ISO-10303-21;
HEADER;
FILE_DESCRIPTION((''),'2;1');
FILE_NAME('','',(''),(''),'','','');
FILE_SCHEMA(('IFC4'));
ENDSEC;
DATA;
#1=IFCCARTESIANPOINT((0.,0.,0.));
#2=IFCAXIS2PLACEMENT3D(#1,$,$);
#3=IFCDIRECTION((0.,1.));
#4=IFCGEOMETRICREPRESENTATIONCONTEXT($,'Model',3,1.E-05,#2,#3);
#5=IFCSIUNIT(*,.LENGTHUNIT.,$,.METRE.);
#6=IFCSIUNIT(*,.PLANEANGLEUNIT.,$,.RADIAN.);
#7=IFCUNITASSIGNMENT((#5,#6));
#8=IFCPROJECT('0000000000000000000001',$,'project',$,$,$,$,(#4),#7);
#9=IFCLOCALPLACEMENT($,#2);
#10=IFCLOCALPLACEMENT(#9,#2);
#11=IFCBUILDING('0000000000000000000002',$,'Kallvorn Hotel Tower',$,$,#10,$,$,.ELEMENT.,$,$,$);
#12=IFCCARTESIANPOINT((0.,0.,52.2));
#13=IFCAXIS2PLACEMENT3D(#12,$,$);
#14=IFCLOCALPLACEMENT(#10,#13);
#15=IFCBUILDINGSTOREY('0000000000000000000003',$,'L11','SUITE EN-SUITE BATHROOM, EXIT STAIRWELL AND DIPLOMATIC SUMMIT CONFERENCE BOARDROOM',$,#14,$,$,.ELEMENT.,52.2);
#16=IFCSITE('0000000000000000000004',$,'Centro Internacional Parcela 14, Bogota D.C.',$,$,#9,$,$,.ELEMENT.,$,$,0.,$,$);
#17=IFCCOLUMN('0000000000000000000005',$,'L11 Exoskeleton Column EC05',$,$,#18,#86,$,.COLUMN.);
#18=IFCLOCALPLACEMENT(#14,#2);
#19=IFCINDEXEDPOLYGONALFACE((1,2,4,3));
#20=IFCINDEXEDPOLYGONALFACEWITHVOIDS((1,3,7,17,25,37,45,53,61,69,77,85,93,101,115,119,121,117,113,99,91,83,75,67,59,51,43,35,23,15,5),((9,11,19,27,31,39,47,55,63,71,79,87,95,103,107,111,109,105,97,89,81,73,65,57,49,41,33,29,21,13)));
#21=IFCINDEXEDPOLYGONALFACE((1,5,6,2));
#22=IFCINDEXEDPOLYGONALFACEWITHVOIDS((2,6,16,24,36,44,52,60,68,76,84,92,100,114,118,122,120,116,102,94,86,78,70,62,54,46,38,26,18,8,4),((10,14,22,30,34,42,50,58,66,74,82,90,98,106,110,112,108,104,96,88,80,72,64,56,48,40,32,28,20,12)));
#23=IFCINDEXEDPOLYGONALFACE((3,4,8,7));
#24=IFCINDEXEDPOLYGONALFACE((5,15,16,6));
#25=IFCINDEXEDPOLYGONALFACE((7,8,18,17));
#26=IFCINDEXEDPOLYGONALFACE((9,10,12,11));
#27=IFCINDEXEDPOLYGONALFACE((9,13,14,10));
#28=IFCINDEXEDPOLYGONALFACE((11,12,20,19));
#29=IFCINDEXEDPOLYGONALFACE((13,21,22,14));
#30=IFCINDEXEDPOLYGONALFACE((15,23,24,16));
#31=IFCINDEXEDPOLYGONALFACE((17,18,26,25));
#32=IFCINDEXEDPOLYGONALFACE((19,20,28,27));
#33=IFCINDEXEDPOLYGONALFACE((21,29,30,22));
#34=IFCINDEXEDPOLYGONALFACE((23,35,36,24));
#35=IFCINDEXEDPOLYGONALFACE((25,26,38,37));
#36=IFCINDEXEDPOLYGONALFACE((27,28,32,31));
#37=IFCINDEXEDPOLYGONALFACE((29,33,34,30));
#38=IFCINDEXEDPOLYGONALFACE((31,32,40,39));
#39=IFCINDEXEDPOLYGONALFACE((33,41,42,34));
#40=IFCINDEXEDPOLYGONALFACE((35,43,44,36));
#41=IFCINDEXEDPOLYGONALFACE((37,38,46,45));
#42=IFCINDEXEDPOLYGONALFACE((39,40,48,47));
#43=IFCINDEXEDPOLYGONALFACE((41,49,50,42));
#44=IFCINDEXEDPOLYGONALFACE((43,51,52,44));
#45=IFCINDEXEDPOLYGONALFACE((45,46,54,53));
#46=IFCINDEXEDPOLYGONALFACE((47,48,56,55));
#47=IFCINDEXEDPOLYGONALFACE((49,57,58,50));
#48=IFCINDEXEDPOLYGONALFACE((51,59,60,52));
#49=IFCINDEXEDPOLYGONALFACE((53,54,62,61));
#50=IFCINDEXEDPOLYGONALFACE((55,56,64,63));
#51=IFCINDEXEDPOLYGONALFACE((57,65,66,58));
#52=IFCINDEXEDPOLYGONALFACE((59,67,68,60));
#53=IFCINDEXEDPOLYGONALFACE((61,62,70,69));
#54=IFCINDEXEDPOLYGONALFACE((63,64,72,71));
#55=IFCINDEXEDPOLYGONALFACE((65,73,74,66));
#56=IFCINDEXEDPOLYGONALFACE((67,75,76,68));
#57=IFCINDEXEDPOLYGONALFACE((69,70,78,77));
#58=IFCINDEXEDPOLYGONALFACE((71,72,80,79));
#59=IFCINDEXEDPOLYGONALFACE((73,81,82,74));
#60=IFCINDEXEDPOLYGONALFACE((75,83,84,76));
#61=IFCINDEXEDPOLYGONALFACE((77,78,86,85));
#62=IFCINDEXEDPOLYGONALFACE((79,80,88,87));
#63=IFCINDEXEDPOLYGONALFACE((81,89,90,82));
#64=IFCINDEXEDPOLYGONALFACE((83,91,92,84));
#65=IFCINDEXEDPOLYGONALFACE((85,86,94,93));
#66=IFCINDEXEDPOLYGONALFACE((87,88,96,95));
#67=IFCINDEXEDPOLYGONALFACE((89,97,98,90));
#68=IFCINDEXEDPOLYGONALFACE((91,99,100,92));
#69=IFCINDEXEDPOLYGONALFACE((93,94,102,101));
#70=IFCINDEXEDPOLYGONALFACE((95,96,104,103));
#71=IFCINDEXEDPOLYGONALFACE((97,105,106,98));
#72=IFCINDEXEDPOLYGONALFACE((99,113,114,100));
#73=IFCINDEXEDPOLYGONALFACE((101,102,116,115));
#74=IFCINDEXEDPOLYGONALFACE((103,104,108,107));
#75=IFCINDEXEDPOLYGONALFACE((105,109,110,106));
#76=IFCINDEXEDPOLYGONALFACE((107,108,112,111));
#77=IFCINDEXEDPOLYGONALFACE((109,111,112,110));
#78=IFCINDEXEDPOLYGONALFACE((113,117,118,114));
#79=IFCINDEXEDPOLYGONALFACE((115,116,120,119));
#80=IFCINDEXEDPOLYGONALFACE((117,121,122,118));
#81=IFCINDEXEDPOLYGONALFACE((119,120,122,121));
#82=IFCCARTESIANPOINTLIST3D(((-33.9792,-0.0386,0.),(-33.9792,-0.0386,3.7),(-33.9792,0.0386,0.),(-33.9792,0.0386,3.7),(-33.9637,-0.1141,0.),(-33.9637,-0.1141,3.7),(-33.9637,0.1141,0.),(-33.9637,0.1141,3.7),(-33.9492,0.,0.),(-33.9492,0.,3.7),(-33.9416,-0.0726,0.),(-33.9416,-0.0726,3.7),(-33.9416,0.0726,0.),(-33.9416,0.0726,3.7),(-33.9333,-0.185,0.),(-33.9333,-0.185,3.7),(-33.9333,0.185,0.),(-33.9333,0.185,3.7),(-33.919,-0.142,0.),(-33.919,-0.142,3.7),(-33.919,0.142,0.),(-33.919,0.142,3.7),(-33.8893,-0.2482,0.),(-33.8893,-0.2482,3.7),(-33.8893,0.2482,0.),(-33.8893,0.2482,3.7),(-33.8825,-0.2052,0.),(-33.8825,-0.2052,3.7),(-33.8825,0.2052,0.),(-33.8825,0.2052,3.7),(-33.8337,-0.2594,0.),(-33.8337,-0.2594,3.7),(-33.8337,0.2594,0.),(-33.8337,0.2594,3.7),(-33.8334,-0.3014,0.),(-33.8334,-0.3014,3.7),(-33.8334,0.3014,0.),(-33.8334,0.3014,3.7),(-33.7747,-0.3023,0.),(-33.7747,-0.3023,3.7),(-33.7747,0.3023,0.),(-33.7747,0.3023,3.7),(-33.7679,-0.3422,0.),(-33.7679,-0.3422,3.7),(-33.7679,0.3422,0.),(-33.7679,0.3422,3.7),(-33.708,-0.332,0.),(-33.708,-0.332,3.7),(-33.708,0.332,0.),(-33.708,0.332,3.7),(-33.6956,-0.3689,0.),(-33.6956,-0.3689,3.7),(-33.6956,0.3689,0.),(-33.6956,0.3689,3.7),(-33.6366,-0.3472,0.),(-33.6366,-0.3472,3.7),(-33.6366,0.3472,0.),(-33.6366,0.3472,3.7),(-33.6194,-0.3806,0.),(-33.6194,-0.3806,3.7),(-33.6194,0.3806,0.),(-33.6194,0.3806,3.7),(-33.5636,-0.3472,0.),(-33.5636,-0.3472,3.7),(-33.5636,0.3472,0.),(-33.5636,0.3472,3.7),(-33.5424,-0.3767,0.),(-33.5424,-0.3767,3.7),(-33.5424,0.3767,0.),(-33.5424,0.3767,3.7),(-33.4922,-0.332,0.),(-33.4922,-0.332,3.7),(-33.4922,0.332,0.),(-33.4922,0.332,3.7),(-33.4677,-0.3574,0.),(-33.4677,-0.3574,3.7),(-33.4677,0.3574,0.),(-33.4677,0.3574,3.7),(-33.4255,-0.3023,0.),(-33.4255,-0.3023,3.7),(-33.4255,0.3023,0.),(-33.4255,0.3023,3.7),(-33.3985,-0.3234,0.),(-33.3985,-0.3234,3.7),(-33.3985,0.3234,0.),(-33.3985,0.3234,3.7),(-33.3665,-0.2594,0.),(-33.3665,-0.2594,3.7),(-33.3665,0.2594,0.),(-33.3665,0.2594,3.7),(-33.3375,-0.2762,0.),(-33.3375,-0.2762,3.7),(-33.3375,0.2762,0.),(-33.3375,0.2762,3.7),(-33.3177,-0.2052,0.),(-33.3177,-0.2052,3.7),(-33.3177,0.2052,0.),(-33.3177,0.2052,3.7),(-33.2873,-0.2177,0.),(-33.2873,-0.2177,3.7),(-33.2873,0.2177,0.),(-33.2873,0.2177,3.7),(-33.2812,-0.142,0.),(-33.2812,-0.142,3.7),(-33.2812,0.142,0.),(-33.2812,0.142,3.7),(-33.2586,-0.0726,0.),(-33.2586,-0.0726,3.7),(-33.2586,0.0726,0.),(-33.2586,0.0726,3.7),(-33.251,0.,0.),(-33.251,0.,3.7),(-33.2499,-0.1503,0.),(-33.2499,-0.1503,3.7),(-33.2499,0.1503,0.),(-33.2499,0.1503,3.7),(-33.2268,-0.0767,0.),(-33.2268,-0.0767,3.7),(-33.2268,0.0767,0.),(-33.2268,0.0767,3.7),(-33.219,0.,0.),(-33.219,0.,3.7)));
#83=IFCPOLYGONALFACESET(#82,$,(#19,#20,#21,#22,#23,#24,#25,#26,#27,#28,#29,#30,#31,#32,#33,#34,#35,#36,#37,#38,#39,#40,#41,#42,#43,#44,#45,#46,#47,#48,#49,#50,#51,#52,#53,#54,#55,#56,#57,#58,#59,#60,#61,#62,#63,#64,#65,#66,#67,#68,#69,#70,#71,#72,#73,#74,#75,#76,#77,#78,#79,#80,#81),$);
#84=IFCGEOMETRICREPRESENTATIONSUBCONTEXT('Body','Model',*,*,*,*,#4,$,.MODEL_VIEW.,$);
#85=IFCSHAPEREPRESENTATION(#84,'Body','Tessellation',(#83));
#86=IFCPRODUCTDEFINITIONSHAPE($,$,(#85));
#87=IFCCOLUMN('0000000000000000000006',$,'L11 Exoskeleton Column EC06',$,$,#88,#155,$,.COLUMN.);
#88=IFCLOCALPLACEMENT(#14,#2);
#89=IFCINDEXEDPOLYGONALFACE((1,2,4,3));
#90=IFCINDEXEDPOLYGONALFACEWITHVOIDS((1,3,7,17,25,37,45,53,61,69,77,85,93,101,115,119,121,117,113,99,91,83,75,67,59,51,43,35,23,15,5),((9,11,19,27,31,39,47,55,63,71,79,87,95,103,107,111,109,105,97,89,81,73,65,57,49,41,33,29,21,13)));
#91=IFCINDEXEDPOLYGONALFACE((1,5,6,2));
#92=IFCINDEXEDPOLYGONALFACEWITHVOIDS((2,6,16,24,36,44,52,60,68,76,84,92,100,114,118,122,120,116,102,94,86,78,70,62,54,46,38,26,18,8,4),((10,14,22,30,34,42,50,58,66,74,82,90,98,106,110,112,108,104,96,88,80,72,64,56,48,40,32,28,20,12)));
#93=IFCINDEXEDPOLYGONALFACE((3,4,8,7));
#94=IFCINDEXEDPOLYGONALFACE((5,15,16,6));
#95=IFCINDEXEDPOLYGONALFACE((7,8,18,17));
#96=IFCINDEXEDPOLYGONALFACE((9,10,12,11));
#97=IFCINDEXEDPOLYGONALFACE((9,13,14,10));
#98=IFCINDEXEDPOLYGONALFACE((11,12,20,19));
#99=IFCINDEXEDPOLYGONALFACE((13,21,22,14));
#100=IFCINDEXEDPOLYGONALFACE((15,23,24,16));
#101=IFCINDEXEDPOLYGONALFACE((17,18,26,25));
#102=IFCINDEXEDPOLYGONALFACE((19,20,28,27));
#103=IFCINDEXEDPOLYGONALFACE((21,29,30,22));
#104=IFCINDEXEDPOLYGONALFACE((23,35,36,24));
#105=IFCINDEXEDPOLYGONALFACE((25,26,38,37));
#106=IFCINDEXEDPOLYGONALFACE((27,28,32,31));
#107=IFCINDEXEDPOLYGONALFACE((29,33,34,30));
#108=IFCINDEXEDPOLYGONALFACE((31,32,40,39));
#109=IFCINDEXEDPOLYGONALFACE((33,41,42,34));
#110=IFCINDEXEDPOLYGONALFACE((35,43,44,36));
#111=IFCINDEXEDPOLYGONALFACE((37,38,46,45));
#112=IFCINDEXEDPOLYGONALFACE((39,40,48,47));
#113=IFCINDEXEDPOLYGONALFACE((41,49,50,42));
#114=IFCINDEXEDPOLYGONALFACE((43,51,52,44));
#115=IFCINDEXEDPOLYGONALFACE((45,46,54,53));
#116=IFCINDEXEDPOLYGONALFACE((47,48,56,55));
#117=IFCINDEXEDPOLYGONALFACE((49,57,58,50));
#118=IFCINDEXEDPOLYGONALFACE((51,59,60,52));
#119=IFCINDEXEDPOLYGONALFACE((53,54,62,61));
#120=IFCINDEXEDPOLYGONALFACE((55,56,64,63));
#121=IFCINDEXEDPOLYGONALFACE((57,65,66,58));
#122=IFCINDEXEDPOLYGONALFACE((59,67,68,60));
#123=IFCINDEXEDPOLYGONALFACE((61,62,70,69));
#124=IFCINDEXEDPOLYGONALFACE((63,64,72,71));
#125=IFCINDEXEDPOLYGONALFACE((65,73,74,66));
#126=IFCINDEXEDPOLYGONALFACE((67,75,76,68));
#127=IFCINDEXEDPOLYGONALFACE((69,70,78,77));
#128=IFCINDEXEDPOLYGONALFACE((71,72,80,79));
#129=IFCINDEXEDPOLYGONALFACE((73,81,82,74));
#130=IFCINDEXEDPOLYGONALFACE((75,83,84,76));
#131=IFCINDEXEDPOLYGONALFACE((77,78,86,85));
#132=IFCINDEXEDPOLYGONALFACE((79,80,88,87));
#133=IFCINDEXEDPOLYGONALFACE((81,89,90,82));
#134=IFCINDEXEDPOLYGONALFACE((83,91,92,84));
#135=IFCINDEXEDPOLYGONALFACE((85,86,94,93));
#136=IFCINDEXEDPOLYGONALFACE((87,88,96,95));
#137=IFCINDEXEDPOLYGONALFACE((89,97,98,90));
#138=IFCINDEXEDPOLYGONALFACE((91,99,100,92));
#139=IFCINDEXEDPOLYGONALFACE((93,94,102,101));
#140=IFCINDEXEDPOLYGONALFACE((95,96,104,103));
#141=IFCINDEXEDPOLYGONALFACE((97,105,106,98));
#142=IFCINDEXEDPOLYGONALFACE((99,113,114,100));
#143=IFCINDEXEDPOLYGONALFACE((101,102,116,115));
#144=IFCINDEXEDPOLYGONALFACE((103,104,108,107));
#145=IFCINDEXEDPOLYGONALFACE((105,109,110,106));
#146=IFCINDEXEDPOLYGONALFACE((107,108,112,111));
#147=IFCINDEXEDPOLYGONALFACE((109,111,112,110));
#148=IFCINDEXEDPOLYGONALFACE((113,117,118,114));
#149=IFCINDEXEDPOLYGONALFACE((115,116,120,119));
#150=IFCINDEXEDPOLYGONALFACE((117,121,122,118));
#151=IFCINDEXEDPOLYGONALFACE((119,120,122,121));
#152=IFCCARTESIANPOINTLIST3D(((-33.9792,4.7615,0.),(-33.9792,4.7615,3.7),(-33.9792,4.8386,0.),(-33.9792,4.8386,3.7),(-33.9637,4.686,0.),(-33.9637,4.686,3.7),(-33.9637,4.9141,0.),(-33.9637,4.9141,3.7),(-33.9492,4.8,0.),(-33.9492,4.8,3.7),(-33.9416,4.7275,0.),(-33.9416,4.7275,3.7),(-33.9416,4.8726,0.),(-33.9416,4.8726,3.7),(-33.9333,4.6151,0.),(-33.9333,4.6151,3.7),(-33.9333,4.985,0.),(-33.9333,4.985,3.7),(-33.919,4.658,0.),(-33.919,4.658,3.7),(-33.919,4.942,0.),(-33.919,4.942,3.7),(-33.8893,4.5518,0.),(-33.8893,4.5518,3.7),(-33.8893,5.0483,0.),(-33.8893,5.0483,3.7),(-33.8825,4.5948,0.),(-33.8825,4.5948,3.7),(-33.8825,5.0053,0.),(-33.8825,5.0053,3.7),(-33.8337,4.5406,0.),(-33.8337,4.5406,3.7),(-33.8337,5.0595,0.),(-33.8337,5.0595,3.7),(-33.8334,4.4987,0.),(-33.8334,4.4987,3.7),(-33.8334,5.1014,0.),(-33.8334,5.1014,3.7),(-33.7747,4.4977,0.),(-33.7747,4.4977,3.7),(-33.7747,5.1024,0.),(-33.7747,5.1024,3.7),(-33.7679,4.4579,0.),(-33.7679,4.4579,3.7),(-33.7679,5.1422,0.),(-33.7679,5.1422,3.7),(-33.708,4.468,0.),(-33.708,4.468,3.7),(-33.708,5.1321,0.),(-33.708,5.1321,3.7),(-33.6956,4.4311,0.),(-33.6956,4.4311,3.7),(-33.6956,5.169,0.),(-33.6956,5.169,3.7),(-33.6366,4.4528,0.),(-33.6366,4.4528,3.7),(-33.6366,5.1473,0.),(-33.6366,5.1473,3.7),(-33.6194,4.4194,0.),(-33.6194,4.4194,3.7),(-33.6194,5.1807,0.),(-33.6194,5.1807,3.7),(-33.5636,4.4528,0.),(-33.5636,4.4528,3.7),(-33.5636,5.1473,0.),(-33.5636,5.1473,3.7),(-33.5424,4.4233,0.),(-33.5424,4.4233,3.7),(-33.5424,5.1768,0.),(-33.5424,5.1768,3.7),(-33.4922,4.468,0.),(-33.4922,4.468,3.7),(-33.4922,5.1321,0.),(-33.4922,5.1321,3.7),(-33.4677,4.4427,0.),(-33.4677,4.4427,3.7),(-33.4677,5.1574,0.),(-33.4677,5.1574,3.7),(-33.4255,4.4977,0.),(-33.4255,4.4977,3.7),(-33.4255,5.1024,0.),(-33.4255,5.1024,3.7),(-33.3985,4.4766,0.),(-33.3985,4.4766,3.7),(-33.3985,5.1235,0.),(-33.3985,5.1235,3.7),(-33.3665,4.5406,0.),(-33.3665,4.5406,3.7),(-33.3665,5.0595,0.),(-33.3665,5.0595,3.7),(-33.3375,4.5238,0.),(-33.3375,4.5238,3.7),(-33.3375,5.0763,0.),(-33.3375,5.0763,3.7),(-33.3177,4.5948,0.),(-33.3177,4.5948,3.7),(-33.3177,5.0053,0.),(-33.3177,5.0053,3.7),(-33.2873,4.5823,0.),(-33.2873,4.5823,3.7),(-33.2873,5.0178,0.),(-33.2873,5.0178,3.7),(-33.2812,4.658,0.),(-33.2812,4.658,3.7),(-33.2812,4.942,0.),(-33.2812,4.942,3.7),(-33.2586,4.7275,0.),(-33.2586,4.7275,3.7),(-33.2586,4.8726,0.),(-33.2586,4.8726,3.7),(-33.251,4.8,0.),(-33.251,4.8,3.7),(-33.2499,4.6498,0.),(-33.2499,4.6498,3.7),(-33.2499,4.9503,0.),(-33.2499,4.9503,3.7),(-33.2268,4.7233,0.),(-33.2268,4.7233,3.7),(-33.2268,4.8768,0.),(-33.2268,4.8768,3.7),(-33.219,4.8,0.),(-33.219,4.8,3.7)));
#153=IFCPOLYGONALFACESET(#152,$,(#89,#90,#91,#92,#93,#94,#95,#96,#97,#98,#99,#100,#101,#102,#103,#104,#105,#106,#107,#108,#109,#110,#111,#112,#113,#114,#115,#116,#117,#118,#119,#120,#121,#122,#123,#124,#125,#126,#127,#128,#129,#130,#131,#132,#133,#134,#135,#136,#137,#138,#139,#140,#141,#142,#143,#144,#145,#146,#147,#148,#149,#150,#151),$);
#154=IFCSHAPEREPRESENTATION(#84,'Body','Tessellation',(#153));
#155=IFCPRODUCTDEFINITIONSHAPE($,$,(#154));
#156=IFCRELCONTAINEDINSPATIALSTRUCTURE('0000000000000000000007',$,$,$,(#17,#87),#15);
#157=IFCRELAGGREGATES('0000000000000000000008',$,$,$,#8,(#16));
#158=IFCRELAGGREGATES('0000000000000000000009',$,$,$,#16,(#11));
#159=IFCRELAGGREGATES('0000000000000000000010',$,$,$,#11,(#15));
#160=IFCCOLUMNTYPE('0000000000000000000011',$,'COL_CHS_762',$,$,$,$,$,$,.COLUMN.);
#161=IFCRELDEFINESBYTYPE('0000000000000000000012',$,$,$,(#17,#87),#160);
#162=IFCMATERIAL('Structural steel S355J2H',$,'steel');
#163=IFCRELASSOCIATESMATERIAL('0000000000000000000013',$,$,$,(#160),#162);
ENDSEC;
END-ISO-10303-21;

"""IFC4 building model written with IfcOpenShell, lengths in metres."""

from ifc_helpers import new_model, si_unit, direction, frame, origin, origin_2d, place, context, subcontext, project, spatial, hollow_circle, extrude, material, material_profile, profile_set, type_object, element, save


model = new_model("IFC4")

# Units and contexts
model_context = context("Model", 3, precision=1e-05, world=origin(), true_north=direction((0.0, 1.0)))
body_context = subcontext(model_context, "Body", "Model", "MODEL_VIEW")
ifc_project = project(units=[si_unit("LENGTHUNIT", "METRE"), si_unit("PLANEANGLEUNIT", "RADIAN")], contexts=[model_context])

# Site, building, storey
site_placement = place(None, origin())
site = spatial("IfcSite", under=ifc_project, at=site_placement, Name="Centro Internacional Parcela 14, Bogota D.C.", CompositionType="ELEMENT", RefElevation=0.0)
building_placement = place(site_placement, origin())
building = spatial("IfcBuilding", under=site, at=building_placement, Name="Kallvorn Hotel Tower", CompositionType="ELEMENT")
storey_placement = place(building_placement, frame((0.0, 0.0, 52.2)))
storey = spatial("IfcBuildingStorey", under=building, at=storey_placement, Name="L11", Description="SUITE EN-SUITE BATHROOM, EXIT STAIRWELL AND DIPLOMATIC SUMMIT CONFERENCE BOARDROOM", CompositionType="ELEMENT", Elevation=52.2)

# Columns
ifc_material_1 = material(Name="Structural steel S355J2H", Category="steel")
ifc_material_profile_1 = material_profile(ifc_material_1, hollow_circle(Radius=0.3811, WallThickness=0.032, at=origin_2d()), Name="CHS 762x32")
ifc_profile_set_1 = profile_set([ifc_material_profile_1], Name="Structural steel S355J2H")
column_type = type_object("IfcColumnType", Name="COL_CHS_762", PredefinedType="COLUMN", material=ifc_profile_set_1)
for number, where, z_axis, x_axis, name in (
    (1, (-33.6001, 0.0, 0.0), (0.0, 0.0, 1.0), (1.0, 0.0, 0.0), "L11 Exoskeleton Column EC05"),
    (2, (-33.6001, 4.8, 0.0), (0.0, 0.0, 1.0), (1.0, 0.0, 0.0), "L11 Exoskeleton Column EC06"),
):
    element("IfcColumn", number, at=place(storey_placement, frame(where, z_axis=z_axis, x_axis=x_axis)), inside=storey, type_object=column_type, Name=name, PredefinedType="COLUMN", context=body_context, shape_type="SweptSolid", body=[
        extrude(hollow_circle(Radius=0.3811, WallThickness=0.032, at=origin_2d()), origin(), (0.0, 0.0, 1.0), 3.7),
    ])

save(model, "model.ifc")
